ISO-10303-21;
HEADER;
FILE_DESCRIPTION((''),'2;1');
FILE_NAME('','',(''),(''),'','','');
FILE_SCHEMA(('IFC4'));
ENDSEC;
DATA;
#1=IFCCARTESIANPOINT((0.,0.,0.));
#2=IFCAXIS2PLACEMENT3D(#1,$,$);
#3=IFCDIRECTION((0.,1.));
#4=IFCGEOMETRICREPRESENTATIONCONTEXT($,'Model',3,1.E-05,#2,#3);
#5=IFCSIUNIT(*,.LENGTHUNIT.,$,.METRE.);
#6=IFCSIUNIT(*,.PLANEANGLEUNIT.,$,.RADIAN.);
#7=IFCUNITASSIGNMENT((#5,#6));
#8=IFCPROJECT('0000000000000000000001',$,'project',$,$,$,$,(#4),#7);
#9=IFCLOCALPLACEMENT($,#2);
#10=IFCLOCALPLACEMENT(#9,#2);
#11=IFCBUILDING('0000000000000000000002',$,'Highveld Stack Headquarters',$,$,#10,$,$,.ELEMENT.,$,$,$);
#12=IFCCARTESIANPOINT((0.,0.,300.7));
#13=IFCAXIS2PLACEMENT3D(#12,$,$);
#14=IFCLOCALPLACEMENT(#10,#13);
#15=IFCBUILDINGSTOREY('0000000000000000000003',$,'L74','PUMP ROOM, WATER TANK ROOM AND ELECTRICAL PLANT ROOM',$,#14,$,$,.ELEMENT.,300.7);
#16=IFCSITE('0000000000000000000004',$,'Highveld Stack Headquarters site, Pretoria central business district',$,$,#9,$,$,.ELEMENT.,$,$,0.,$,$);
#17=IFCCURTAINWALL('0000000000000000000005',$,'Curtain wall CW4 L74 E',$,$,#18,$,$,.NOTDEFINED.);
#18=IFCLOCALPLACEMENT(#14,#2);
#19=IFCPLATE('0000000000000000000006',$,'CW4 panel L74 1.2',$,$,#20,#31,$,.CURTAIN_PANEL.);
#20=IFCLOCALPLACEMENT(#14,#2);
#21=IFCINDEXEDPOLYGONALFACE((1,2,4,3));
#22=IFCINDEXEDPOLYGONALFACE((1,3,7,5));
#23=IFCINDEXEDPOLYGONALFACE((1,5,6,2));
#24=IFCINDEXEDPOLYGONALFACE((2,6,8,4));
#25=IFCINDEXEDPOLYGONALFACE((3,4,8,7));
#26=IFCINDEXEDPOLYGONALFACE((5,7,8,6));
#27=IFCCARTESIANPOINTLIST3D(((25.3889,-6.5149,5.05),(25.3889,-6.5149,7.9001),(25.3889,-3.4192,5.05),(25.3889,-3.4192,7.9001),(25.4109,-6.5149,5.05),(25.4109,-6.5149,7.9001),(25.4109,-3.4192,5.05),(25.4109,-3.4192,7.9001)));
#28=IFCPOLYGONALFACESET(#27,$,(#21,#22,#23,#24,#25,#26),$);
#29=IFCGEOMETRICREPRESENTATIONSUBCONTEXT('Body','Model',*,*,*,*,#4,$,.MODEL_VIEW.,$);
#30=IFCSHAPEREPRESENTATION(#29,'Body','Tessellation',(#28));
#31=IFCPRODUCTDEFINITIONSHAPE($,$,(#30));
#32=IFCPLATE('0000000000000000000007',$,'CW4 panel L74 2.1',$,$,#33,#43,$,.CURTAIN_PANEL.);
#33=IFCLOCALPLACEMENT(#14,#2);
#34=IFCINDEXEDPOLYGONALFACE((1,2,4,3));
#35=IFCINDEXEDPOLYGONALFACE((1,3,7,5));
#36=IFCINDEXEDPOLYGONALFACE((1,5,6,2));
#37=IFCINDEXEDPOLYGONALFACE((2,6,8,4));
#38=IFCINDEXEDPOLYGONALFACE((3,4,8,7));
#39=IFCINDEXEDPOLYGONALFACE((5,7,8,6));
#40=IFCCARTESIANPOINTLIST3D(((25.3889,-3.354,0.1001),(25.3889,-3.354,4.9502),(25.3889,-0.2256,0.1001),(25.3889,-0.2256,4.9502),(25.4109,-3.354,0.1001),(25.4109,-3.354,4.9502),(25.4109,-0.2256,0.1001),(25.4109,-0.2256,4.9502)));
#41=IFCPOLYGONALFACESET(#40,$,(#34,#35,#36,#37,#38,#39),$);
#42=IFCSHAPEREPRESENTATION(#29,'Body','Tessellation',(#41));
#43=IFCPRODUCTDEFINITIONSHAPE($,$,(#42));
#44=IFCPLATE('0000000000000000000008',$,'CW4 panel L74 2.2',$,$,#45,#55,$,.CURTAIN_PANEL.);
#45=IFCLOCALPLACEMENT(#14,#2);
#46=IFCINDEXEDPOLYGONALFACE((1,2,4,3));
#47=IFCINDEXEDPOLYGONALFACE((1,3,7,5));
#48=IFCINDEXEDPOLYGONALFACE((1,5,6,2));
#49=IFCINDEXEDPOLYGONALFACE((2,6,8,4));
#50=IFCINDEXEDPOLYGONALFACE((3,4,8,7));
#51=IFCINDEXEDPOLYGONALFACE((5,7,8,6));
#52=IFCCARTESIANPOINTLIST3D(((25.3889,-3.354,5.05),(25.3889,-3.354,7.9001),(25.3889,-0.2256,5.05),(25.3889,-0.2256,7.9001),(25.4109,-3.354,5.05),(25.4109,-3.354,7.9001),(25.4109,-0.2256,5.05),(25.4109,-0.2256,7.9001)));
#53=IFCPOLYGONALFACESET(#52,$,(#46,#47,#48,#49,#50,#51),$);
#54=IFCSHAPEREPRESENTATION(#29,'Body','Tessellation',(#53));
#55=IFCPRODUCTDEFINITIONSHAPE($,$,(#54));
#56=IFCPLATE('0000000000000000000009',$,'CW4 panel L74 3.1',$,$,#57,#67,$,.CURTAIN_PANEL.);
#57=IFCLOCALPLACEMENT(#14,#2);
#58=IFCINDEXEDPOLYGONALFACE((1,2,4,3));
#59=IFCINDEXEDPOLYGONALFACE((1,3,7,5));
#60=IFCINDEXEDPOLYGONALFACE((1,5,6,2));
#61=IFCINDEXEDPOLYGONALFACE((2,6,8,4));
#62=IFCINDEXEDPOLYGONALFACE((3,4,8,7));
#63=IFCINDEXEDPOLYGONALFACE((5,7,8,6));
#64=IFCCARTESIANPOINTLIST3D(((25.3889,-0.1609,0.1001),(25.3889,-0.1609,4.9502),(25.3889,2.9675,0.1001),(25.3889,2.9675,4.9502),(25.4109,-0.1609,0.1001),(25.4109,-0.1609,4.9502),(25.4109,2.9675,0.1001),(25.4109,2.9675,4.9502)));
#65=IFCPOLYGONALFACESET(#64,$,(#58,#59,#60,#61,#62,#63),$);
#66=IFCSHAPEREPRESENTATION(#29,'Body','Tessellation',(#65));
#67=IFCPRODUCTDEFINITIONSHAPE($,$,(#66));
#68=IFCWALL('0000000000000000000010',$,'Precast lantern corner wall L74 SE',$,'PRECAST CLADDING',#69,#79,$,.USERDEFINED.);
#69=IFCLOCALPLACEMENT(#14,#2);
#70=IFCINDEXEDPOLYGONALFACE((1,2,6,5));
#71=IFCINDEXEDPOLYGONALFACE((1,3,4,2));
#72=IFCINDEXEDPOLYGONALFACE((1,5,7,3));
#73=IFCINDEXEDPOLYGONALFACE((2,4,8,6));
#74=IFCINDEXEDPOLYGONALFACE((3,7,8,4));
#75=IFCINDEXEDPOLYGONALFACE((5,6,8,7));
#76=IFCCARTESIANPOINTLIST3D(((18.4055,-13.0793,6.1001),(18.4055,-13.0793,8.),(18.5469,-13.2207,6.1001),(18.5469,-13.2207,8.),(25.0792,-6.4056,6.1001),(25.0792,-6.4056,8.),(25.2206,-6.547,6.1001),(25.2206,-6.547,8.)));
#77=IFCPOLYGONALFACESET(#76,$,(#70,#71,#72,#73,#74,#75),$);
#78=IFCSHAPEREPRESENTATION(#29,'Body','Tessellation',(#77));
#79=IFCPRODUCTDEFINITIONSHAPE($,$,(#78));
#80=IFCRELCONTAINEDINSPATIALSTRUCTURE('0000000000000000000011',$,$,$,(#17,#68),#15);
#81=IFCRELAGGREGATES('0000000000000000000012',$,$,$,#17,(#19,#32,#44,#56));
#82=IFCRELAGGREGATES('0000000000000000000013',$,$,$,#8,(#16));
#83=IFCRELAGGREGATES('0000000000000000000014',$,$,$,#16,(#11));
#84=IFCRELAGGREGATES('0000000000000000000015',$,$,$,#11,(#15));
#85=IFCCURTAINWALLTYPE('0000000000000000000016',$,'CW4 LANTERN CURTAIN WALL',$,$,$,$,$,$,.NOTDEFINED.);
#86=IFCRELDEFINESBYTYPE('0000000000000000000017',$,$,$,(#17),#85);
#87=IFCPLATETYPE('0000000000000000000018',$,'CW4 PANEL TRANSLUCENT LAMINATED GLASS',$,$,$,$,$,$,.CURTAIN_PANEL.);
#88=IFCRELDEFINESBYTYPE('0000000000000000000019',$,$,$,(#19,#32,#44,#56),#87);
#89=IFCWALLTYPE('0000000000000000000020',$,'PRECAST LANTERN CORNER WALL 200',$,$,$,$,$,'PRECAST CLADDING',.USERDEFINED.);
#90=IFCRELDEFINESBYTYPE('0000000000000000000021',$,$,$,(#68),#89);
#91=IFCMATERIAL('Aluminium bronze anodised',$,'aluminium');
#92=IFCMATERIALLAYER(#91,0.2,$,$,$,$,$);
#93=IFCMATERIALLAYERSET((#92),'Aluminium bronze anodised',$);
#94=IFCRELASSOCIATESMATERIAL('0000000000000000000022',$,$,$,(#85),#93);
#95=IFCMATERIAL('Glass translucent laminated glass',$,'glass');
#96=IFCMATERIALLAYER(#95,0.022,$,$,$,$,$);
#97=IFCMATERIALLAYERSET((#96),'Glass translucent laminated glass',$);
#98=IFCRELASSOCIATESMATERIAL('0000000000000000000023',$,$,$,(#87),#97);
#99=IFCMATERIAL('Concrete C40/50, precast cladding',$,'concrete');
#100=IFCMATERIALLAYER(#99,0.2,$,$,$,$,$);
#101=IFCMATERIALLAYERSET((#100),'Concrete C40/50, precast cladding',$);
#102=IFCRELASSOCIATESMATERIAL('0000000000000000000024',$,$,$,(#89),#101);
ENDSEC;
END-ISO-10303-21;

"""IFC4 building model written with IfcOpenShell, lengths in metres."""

from ifc_helpers import new_model, si_unit, direction, frame, frame_2d, origin, origin_2d, place, context, subcontext, project, spatial, rectangle, extrude, material, layer, layer_set, type_object, element, aggregate, save


model = new_model("IFC4")

# Units and contexts
model_context = context("Model", 3, precision=1e-05, world=origin(), true_north=direction((0.0, 1.0)))
body_context = subcontext(model_context, "Body", "Model", "MODEL_VIEW")
ifc_project = project(units=[si_unit("LENGTHUNIT", "METRE"), si_unit("PLANEANGLEUNIT", "RADIAN")], contexts=[model_context])

# Site, building, storey
site_placement = place(None, origin())
site = spatial("IfcSite", under=ifc_project, at=site_placement, Name="Highveld Stack Headquarters site, Pretoria central business district", CompositionType="ELEMENT", RefElevation=0.0)
building_placement = place(site_placement, origin())
building = spatial("IfcBuilding", under=site, at=building_placement, Name="Highveld Stack Headquarters", CompositionType="ELEMENT")
storey_placement = place(building_placement, frame((0.0, 0.0, 300.7)))
storey = spatial("IfcBuildingStorey", under=building, at=storey_placement, Name="L74", Description="PUMP ROOM, WATER TANK ROOM AND ELECTRICAL PLANT ROOM", CompositionType="ELEMENT", Elevation=300.7)

# Curtain wall, plates
ifc_material_1 = material(Name="Aluminium bronze anodised", Category="aluminium")
ifc_layer_1 = layer(ifc_material_1, 0.2)
ifc_layer_set_1 = layer_set([ifc_layer_1], Name="Aluminium bronze anodised")
curtain_wall_type = type_object("IfcCurtainWallType", Name="CW4 LANTERN CURTAIN WALL", PredefinedType="NOTDEFINED", material=ifc_layer_set_1)
curtain_wall_placement = place(storey_placement, origin())
curtain_wall = element("IfcCurtainWall", 1, at=curtain_wall_placement, inside=storey, type_object=curtain_wall_type, Name="Curtain wall CW4 L74 E", PredefinedType="NOTDEFINED")
ifc_material_2 = material(Name="Glass translucent laminated glass", Category="glass")
ifc_layer_2 = layer(ifc_material_2, 0.022)
ifc_layer_set_2 = layer_set([ifc_layer_2], Name="Glass translucent laminated glass")
plate_type = type_object("IfcPlateType", Name="CW4 PANEL TRANSLUCENT LAMINATED GLASS", PredefinedType="CURTAIN_PANEL", material=ifc_layer_set_2)
plate_1_placement = place(storey_placement, frame((25.3999, -4.967, 5.05), z_axis=(0.0, 0.0, 1.0), x_axis=(0.0, 1.0, 0.0)))
plate_1 = element("IfcPlate", 2, at=plate_1_placement, type_object=plate_type, Name="CW4 panel L74 1.2", PredefinedType="CURTAIN_PANEL", context=body_context, shape_type="SweptSolid", body=[
    extrude(rectangle(XDim=3.0957, YDim=0.022, at=origin_2d()), origin(), (0.0, 0.0, 1.0), 2.8501),
])
plate_2_placement = place(storey_placement, frame((25.3999, -1.7898, 0.1001), z_axis=(0.0, 0.0, 1.0), x_axis=(0.0, 1.0, 0.0)))
plate_2 = element("IfcPlate", 3, at=plate_2_placement, type_object=plate_type, Name="CW4 panel L74 2.1", PredefinedType="CURTAIN_PANEL", context=body_context, shape_type="SweptSolid", body=[
    extrude(rectangle(XDim=3.1284, YDim=0.022, at=origin_2d()), origin(), (0.0, 0.0, 1.0), 4.8501),
])
plate_3_placement = place(storey_placement, frame((25.3999, -1.7898, 5.05), z_axis=(0.0, 0.0, 1.0), x_axis=(0.0, 1.0, 0.0)))
plate_3 = element("IfcPlate", 4, at=plate_3_placement, type_object=plate_type, Name="CW4 panel L74 2.2", PredefinedType="CURTAIN_PANEL", context=body_context, shape_type="SweptSolid", body=[
    extrude(rectangle(XDim=3.1284, YDim=0.022, at=origin_2d()), origin(), (0.0, 0.0, 1.0), 2.8501),
])
plate_4_placement = place(storey_placement, frame((25.3999, 1.4033, 0.1001), z_axis=(0.0, 0.0, 1.0), x_axis=(0.0, 1.0, 0.0)))
plate_4 = element("IfcPlate", 5, at=plate_4_placement, type_object=plate_type, Name="CW4 panel L74 3.1", PredefinedType="CURTAIN_PANEL", context=body_context, shape_type="SweptSolid", body=[
    extrude(rectangle(XDim=3.1284, YDim=0.022, at=origin_2d()), origin(), (0.0, 0.0, 1.0), 4.8501),
])
aggregate(curtain_wall, [plate_1, plate_2, plate_3, plate_4])

# Wall
ifc_material_3 = material(Name="Concrete C40/50, precast cladding", Category="concrete")
ifc_layer_3 = layer(ifc_material_3, 0.2)
ifc_layer_set_3 = layer_set([ifc_layer_3], Name="Concrete C40/50, precast cladding")
wall_type = type_object("IfcWallType", Name="PRECAST LANTERN CORNER WALL 200", ElementType="PRECAST CLADDING", PredefinedType="USERDEFINED", material=ifc_layer_set_3)
wall_placement = place(storey_placement, frame((25.1499, -6.4763, 6.1001), z_axis=(0.0, 0.0, 1.0), x_axis=(-0.707107, -0.707107, 0.0)))
element("IfcWall", 6, at=wall_placement, inside=storey, type_object=wall_type, Name="Precast lantern corner wall L74 SE", ObjectType="PRECAST CLADDING", PredefinedType="USERDEFINED", context=body_context, shape_type="SweptSolid", body=[
    extrude(rectangle(XDim=9.438, YDim=0.2, at=frame_2d((4.719, 0.0))), origin(), (0.0, 0.0, 1.0), 1.8999),
])

save(model, "model.ifc")
